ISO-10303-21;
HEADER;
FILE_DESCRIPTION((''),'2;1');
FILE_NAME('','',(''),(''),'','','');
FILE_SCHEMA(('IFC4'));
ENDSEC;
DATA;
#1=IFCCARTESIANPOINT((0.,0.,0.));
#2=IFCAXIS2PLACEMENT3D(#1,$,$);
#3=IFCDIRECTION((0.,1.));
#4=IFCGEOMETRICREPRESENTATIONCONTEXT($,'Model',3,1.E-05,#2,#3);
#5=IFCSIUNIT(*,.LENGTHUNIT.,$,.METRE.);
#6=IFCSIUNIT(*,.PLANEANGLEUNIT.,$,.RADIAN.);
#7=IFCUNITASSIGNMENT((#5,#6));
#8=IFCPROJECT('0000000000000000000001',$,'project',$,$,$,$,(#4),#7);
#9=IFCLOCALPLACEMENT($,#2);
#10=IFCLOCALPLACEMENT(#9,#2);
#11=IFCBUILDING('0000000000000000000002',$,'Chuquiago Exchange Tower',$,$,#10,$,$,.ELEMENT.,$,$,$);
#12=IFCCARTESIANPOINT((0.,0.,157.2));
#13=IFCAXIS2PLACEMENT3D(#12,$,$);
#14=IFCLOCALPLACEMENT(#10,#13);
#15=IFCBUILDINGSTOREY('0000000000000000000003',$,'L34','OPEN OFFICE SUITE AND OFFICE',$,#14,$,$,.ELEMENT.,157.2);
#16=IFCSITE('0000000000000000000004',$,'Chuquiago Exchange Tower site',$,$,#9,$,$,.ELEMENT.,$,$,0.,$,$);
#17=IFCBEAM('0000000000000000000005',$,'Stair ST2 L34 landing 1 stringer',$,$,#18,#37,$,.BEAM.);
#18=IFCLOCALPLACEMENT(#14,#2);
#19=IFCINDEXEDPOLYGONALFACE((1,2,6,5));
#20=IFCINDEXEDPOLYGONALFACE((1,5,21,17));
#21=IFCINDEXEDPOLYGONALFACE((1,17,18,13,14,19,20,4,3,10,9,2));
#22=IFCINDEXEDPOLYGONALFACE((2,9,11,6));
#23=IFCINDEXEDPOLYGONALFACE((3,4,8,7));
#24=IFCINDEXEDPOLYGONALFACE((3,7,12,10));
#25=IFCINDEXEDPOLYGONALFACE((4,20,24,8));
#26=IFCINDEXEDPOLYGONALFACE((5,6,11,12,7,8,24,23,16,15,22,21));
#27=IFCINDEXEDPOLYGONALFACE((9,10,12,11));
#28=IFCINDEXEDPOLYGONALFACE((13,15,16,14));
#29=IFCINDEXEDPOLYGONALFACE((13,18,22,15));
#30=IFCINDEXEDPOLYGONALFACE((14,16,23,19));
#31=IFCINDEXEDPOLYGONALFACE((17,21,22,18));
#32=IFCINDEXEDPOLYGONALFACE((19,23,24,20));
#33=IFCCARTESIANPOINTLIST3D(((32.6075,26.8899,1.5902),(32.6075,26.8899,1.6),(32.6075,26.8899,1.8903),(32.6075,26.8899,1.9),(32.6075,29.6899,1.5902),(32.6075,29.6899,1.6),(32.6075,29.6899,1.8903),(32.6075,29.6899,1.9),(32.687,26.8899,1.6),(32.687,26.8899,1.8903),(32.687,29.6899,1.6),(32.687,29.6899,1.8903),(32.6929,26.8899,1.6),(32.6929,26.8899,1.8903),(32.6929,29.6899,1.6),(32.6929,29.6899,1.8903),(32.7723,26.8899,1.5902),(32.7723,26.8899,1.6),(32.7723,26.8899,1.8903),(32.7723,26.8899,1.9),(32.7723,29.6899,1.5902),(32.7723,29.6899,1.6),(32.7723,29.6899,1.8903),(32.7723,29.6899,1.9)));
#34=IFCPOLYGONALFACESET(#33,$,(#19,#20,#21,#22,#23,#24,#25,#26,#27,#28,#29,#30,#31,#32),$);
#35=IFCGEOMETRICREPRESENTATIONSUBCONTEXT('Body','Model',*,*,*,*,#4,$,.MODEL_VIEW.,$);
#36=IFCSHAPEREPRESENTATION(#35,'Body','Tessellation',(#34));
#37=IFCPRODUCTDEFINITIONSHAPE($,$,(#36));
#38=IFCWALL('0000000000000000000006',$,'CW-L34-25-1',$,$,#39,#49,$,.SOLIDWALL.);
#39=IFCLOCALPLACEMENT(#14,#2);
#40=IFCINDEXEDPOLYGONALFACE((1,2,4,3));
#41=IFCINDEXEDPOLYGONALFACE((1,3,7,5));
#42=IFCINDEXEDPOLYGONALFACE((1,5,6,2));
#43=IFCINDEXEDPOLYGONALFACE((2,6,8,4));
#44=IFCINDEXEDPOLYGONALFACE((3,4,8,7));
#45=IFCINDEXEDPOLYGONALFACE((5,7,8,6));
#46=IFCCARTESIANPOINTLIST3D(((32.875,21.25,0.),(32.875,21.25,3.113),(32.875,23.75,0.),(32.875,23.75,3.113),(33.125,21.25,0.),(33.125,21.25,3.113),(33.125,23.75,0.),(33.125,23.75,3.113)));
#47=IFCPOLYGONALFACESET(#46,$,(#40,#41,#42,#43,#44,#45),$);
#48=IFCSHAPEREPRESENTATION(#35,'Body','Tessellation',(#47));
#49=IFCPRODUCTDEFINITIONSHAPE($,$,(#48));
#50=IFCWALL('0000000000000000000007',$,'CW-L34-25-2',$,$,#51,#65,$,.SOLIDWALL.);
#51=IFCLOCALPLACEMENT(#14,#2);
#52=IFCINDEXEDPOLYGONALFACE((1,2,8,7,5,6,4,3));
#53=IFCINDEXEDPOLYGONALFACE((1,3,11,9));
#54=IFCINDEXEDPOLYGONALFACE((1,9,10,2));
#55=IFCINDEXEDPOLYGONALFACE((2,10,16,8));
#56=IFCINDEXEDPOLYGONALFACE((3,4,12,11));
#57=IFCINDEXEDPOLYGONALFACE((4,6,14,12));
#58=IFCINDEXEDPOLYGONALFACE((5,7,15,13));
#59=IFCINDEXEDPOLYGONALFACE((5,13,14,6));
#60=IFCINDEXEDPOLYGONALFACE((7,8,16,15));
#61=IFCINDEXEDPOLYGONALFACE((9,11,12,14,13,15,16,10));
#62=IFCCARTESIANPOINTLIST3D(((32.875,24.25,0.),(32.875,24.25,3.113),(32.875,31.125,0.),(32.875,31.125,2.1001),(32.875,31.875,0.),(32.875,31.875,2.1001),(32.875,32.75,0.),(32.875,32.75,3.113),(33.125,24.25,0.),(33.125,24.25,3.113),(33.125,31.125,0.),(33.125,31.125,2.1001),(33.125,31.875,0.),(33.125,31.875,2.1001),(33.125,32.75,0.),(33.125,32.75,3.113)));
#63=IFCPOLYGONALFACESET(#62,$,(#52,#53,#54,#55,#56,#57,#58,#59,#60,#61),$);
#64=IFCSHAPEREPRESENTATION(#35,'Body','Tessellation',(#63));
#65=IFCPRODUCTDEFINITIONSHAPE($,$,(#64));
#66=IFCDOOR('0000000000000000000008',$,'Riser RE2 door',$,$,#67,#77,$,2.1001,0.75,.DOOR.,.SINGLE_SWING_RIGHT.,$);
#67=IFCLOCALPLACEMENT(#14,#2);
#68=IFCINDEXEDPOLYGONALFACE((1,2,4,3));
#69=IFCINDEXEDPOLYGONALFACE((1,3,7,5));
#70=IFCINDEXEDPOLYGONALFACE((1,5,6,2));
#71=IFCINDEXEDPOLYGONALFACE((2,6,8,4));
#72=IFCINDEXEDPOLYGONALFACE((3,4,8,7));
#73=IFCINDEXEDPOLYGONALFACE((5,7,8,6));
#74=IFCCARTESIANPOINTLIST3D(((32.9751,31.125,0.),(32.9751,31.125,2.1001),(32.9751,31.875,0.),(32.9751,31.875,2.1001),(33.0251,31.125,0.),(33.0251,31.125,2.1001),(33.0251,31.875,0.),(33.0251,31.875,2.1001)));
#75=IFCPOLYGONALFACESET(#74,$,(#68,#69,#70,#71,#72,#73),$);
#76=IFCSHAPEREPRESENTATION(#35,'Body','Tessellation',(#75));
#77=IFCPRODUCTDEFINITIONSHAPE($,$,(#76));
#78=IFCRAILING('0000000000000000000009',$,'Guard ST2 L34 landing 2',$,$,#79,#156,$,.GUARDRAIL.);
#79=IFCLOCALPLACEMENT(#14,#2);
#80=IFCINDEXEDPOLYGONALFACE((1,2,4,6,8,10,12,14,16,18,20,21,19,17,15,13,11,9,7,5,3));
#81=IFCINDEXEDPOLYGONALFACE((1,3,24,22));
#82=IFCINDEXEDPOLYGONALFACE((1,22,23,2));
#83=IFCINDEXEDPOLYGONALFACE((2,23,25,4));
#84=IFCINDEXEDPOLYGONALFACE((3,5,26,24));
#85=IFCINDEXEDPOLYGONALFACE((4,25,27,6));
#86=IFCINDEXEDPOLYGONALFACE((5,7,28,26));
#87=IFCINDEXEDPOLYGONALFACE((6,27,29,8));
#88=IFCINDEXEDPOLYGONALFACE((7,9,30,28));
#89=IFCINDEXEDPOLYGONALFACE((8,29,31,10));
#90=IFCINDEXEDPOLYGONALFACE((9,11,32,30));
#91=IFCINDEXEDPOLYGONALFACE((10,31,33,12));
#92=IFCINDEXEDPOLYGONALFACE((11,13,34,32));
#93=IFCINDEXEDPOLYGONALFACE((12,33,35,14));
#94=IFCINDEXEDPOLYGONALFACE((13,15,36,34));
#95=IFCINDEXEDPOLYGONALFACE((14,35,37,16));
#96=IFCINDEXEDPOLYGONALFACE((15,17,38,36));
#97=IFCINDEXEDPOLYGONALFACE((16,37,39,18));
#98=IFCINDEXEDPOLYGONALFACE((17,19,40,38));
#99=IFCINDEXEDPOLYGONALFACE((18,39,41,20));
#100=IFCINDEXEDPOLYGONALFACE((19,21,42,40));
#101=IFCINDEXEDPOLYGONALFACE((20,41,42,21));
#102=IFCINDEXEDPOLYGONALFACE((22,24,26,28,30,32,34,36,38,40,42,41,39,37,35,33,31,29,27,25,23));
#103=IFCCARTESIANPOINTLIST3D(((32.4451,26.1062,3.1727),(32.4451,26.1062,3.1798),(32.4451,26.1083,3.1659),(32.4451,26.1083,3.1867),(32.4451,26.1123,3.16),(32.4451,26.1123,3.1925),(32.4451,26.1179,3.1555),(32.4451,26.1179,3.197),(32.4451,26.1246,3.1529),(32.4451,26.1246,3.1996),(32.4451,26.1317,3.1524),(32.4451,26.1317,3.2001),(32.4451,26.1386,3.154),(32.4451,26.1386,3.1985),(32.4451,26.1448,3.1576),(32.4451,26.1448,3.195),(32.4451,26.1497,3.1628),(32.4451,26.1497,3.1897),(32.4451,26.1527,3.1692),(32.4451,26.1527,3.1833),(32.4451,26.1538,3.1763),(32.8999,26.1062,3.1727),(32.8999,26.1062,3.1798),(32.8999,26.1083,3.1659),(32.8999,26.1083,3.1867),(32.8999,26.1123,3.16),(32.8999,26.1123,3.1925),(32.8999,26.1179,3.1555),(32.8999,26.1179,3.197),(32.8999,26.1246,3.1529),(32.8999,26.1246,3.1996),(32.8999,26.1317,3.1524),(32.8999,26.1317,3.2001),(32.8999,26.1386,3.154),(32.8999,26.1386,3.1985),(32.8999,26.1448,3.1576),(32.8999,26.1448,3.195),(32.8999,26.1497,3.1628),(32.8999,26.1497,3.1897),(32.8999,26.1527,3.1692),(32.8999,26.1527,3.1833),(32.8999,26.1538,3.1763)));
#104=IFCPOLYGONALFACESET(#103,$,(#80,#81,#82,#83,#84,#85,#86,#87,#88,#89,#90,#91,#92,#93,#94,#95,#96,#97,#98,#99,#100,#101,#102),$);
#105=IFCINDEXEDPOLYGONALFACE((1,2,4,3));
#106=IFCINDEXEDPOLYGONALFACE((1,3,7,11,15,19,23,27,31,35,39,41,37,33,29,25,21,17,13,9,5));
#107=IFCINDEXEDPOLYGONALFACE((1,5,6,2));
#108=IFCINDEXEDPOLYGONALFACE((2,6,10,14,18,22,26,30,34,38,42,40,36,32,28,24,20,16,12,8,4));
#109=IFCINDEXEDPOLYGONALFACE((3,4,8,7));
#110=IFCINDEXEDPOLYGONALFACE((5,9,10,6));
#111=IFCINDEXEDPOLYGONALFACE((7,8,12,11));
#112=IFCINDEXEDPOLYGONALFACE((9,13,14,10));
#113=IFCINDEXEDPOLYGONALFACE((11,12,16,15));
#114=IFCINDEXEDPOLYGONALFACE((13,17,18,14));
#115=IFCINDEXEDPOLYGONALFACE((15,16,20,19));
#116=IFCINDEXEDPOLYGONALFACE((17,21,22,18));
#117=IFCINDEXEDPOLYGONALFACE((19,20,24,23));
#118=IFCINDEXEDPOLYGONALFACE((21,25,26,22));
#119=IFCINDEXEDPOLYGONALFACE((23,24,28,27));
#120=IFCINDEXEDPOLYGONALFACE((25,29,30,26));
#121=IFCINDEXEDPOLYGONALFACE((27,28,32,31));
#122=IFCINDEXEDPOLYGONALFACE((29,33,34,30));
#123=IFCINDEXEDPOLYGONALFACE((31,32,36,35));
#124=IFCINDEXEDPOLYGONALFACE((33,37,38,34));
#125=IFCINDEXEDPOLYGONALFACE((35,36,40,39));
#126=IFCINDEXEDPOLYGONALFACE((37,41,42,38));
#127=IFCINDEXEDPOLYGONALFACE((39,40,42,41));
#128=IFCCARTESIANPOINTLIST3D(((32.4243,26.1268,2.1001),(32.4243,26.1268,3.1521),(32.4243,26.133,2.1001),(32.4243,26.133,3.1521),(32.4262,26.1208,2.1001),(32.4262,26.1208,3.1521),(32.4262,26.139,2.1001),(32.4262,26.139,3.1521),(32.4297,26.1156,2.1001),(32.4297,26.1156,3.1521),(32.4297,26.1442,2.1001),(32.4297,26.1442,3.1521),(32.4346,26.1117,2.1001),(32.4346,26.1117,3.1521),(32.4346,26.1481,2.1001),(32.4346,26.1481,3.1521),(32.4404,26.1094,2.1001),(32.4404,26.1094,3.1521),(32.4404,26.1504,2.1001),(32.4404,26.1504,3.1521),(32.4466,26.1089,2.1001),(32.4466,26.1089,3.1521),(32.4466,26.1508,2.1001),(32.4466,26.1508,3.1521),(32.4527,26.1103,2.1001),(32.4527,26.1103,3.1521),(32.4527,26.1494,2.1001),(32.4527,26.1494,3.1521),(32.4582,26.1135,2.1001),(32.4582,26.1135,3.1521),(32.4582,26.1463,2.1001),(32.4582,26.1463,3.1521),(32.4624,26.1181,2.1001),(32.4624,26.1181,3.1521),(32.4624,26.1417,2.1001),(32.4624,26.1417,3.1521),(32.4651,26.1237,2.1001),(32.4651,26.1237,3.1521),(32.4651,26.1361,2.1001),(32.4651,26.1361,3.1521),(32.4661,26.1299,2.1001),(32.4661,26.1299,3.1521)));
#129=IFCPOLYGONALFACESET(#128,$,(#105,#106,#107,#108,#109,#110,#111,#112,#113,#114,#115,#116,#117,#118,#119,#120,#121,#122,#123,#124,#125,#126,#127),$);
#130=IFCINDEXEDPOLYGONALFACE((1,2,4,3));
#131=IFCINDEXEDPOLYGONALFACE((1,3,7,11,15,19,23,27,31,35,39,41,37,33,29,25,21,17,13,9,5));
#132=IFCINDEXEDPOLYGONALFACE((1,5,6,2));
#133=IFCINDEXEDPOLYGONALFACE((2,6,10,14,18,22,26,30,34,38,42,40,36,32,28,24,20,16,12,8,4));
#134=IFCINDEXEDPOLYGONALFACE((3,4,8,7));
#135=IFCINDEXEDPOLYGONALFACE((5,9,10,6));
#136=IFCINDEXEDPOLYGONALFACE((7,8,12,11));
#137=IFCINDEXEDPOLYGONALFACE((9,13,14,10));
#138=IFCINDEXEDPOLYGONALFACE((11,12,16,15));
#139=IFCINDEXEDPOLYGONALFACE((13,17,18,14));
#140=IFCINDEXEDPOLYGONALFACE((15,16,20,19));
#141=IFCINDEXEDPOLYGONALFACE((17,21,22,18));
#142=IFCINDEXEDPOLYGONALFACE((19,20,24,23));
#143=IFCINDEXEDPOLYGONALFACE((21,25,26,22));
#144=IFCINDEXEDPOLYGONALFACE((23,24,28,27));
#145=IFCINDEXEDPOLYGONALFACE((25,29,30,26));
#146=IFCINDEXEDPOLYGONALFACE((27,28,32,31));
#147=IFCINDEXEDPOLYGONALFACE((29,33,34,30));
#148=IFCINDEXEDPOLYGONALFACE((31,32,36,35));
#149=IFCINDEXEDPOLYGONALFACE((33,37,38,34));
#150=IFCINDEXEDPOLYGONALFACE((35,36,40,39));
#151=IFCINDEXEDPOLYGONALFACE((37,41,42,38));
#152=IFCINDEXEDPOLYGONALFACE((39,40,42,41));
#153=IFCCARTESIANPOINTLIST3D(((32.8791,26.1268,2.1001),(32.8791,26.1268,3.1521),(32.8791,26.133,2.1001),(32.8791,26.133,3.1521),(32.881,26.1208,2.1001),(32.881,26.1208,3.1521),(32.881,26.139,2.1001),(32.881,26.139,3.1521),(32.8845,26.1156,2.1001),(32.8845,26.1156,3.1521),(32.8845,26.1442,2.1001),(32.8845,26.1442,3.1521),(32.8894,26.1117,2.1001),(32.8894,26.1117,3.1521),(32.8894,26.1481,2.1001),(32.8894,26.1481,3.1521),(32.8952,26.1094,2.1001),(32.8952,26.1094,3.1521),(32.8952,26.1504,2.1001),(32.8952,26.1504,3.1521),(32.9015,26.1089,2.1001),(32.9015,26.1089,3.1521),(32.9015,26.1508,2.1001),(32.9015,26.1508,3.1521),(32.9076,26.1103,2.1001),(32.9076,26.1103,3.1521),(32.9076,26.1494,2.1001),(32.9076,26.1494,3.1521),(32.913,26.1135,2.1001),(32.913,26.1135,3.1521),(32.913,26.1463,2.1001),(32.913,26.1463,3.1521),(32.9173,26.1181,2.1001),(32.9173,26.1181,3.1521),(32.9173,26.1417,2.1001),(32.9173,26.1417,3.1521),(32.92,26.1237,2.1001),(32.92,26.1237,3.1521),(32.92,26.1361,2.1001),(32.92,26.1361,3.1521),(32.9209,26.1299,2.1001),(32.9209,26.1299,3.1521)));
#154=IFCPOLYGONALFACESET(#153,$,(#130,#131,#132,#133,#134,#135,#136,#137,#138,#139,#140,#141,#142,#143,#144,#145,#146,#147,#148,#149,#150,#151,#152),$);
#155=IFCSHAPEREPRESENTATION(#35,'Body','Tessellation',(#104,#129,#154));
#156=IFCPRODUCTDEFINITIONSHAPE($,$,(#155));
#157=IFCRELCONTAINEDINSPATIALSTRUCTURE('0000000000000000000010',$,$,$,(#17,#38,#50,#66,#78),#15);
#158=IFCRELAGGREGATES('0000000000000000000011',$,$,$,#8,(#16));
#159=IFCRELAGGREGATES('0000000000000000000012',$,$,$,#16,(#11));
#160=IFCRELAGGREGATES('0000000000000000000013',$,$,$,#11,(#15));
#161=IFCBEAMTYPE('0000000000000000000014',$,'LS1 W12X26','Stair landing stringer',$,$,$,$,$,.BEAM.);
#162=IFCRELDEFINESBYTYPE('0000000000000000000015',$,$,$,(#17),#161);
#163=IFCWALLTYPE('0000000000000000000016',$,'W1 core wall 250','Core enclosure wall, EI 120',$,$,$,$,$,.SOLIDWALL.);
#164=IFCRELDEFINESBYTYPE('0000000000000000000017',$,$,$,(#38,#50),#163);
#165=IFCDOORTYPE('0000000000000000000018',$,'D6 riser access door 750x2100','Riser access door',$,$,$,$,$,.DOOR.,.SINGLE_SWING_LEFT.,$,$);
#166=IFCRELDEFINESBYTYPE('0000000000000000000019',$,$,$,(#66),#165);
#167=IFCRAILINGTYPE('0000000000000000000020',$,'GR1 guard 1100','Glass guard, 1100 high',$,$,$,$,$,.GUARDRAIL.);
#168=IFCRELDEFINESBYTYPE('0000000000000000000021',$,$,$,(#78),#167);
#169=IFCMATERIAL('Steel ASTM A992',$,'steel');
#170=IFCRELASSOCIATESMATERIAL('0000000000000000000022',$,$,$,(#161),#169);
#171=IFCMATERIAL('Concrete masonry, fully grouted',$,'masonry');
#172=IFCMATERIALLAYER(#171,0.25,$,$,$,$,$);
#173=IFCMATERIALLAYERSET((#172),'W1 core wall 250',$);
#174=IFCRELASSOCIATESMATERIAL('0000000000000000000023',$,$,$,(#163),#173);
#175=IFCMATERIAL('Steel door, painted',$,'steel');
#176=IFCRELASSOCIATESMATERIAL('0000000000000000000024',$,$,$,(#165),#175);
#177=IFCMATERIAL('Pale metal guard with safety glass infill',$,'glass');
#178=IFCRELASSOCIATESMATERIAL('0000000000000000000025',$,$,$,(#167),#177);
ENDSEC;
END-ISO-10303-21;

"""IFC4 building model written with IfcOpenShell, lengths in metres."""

from ifc_helpers import new_model, si_unit, direction, frame, frame_2d, origin, origin_2d, place, context, subcontext, project, spatial, rectangle, circle, i_section, extrude, material, layer, layer_set, material_profile, profile_set, type_object, element, fill, save


model = new_model("IFC4")

# Units and contexts
model_context = context("Model", 3, precision=1e-05, world=origin(), true_north=direction((0.0, 1.0)))
body_context = subcontext(model_context, "Body", "Model", "MODEL_VIEW")
ifc_project = project(units=[si_unit("LENGTHUNIT", "METRE"), si_unit("PLANEANGLEUNIT", "RADIAN")], contexts=[model_context])

# Site, building, storey
site_placement = place(None, origin())
site = spatial("IfcSite", under=ifc_project, at=site_placement, Name="Chuquiago Exchange Tower site", CompositionType="ELEMENT", RefElevation=0.0)
building_placement = place(site_placement, origin())
building = spatial("IfcBuilding", under=site, at=building_placement, Name="Chuquiago Exchange Tower", CompositionType="ELEMENT")
storey_placement = place(building_placement, frame((0.0, 0.0, 157.2)))
storey = spatial("IfcBuildingStorey", under=building, at=storey_placement, Name="L34", Description="OPEN OFFICE SUITE AND OFFICE", CompositionType="ELEMENT", Elevation=157.2)

# Beam
ifc_material_1 = material(Name="Steel ASTM A992", Category="steel")
ifc_material_profile_1 = material_profile(ifc_material_1, i_section(OverallWidth=0.1648, OverallDepth=0.3098, WebThickness=0.0059, FlangeThickness=0.0098, at=origin_2d()), Name="W12X26")
ifc_profile_set_1 = profile_set([ifc_material_profile_1], Name="Steel ASTM A992")
beam_type_1 = type_object("IfcBeamType", Name="LS1 W12X26", Description="Stair landing stringer", PredefinedType="BEAM", material=ifc_profile_set_1)
beam_1_placement = place(storey_placement, frame((32.6899, 26.8899, 1.7451), z_axis=(0.0, 1.0, 0.0), x_axis=(-1.0, 0.0, 0.0)))
element("IfcBeam", 1, at=beam_1_placement, inside=storey, type_object=beam_type_1, Name="Stair ST2 L34 landing 1 stringer", PredefinedType="BEAM", context=body_context, shape_type="SweptSolid", body=[
    extrude(i_section(OverallWidth=0.1648, OverallDepth=0.3098, WebThickness=0.0059, FlangeThickness=0.0098, at=origin_2d()), origin(), (0.0, 0.0, 1.0), 2.8),
])

# Wall
ifc_material_2 = material(Name="Concrete masonry, fully grouted", Category="masonry")
ifc_layer_1 = layer(ifc_material_2, 0.25)
ifc_layer_set_1 = layer_set([ifc_layer_1], Name="W1 core wall 250")
wall_type_1 = type_object("IfcWallType", Name="W1 core wall 250", Description="Core enclosure wall, EI 120", PredefinedType="SOLIDWALL", material=ifc_layer_set_1)
wall_1_placement = place(storey_placement, frame((33.0, 21.25, 0.0), z_axis=(0.0, 0.0, 1.0), x_axis=(0.0, 1.0, 0.0)))
element("IfcWall", 2, at=wall_1_placement, inside=storey, type_object=wall_type_1, Name="CW-L34-25-1", PredefinedType="SOLIDWALL", context=body_context, shape_type="SweptSolid", body=[
    extrude(rectangle(XDim=2.5, YDim=0.25, at=frame_2d((1.25, 0.0))), origin(), (0.0, 0.0, 1.0), 3.113),
])

# Wall, opening, door
wall_2_placement = place(storey_placement, frame((33.0, 24.25, 0.0), z_axis=(0.0, 0.0, 1.0), x_axis=(0.0, 1.0, 0.0)))
wall_2 = element("IfcWall", 3, at=wall_2_placement, inside=storey, type_object=wall_type_1, Name="CW-L34-25-2", PredefinedType="SOLIDWALL", context=body_context, shape_type="SweptSolid", body=[
    extrude(rectangle(XDim=8.5, YDim=0.25, at=frame_2d((4.25, 0.0))), origin(), (0.0, 0.0, 1.0), 3.113),
])
opening_1_placement = place(wall_2_placement, frame((6.875, 0.0, 0.0)))
opening_1 = element("IfcOpeningElement", 4, at=opening_1_placement, cuts=wall_2, PredefinedType="OPENING", context=body_context, shape_type="SweptSolid", body=[
    extrude(rectangle(XDim=0.75, YDim=2.1001, at=frame_2d((0.375, 1.05))), frame((0.0, 0.135, 0.0), z_axis=(0.0, -1.0, 0.0), x_axis=(1.0, 0.0, 0.0)), (0.0, 0.0, 1.0), 0.27),
])
ifc_material_3 = material(Name="Steel door, painted", Category="steel")
door_type_1 = type_object("IfcDoorType", Name="D6 riser access door 750x2100", Description="Riser access door", OperationType="SINGLE_SWING_LEFT", PredefinedType="DOOR", material=ifc_material_3)
door_1_placement = place(opening_1_placement, origin())
door_1 = element("IfcDoor", 5, at=door_1_placement, inside=storey, type_object=door_type_1, Name="Riser RE2 door", OperationType="SINGLE_SWING_RIGHT", OverallHeight=2.1001, OverallWidth=0.75, PredefinedType="DOOR", context=body_context, shape_type="SweptSolid", body=[
    extrude(rectangle(XDim=0.75, YDim=2.1001, at=frame_2d((0.375, 1.05))), frame((0.0, 0.0249, 0.0), z_axis=(0.0, -1.0, 0.0), x_axis=(1.0, 0.0, 0.0)), (0.0, 0.0, 1.0), 0.05),
])
fill(opening_1, door_1)

# Railing
ifc_material_4 = material(Name="Pale metal guard with safety glass infill", Category="glass")
railing_type_1 = type_object("IfcRailingType", Name="GR1 guard 1100", Description="Glass guard, 1100 high", PredefinedType="GUARDRAIL", material=ifc_material_4)
railing_placement = place(storey_placement, frame((32.4451, 26.1299, 2.1001)))
element("IfcRailing", 6, at=railing_placement, inside=storey, type_object=railing_type_1, Name="Guard ST2 L34 landing 2", PredefinedType="GUARDRAIL", context=body_context, shape_type="SweptSolid", body=[
    extrude(circle(Radius=0.0239, at=origin_2d()), frame((0.0, 0.0, 1.0762), z_axis=(1.0, 0.0, 0.0), x_axis=(0.0, 1.0, 0.0)), (0.0, 0.0, 1.0), 0.4548),
    extrude(circle(Radius=0.021, at=origin_2d()), origin(), (0.0, 0.0, 1.0), 1.052),
    extrude(circle(Radius=0.021, at=origin_2d()), frame((0.4548, 0.0, 0.0)), (0.0, 0.0, 1.0), 1.052),
])

save(model, "model.ifc")
